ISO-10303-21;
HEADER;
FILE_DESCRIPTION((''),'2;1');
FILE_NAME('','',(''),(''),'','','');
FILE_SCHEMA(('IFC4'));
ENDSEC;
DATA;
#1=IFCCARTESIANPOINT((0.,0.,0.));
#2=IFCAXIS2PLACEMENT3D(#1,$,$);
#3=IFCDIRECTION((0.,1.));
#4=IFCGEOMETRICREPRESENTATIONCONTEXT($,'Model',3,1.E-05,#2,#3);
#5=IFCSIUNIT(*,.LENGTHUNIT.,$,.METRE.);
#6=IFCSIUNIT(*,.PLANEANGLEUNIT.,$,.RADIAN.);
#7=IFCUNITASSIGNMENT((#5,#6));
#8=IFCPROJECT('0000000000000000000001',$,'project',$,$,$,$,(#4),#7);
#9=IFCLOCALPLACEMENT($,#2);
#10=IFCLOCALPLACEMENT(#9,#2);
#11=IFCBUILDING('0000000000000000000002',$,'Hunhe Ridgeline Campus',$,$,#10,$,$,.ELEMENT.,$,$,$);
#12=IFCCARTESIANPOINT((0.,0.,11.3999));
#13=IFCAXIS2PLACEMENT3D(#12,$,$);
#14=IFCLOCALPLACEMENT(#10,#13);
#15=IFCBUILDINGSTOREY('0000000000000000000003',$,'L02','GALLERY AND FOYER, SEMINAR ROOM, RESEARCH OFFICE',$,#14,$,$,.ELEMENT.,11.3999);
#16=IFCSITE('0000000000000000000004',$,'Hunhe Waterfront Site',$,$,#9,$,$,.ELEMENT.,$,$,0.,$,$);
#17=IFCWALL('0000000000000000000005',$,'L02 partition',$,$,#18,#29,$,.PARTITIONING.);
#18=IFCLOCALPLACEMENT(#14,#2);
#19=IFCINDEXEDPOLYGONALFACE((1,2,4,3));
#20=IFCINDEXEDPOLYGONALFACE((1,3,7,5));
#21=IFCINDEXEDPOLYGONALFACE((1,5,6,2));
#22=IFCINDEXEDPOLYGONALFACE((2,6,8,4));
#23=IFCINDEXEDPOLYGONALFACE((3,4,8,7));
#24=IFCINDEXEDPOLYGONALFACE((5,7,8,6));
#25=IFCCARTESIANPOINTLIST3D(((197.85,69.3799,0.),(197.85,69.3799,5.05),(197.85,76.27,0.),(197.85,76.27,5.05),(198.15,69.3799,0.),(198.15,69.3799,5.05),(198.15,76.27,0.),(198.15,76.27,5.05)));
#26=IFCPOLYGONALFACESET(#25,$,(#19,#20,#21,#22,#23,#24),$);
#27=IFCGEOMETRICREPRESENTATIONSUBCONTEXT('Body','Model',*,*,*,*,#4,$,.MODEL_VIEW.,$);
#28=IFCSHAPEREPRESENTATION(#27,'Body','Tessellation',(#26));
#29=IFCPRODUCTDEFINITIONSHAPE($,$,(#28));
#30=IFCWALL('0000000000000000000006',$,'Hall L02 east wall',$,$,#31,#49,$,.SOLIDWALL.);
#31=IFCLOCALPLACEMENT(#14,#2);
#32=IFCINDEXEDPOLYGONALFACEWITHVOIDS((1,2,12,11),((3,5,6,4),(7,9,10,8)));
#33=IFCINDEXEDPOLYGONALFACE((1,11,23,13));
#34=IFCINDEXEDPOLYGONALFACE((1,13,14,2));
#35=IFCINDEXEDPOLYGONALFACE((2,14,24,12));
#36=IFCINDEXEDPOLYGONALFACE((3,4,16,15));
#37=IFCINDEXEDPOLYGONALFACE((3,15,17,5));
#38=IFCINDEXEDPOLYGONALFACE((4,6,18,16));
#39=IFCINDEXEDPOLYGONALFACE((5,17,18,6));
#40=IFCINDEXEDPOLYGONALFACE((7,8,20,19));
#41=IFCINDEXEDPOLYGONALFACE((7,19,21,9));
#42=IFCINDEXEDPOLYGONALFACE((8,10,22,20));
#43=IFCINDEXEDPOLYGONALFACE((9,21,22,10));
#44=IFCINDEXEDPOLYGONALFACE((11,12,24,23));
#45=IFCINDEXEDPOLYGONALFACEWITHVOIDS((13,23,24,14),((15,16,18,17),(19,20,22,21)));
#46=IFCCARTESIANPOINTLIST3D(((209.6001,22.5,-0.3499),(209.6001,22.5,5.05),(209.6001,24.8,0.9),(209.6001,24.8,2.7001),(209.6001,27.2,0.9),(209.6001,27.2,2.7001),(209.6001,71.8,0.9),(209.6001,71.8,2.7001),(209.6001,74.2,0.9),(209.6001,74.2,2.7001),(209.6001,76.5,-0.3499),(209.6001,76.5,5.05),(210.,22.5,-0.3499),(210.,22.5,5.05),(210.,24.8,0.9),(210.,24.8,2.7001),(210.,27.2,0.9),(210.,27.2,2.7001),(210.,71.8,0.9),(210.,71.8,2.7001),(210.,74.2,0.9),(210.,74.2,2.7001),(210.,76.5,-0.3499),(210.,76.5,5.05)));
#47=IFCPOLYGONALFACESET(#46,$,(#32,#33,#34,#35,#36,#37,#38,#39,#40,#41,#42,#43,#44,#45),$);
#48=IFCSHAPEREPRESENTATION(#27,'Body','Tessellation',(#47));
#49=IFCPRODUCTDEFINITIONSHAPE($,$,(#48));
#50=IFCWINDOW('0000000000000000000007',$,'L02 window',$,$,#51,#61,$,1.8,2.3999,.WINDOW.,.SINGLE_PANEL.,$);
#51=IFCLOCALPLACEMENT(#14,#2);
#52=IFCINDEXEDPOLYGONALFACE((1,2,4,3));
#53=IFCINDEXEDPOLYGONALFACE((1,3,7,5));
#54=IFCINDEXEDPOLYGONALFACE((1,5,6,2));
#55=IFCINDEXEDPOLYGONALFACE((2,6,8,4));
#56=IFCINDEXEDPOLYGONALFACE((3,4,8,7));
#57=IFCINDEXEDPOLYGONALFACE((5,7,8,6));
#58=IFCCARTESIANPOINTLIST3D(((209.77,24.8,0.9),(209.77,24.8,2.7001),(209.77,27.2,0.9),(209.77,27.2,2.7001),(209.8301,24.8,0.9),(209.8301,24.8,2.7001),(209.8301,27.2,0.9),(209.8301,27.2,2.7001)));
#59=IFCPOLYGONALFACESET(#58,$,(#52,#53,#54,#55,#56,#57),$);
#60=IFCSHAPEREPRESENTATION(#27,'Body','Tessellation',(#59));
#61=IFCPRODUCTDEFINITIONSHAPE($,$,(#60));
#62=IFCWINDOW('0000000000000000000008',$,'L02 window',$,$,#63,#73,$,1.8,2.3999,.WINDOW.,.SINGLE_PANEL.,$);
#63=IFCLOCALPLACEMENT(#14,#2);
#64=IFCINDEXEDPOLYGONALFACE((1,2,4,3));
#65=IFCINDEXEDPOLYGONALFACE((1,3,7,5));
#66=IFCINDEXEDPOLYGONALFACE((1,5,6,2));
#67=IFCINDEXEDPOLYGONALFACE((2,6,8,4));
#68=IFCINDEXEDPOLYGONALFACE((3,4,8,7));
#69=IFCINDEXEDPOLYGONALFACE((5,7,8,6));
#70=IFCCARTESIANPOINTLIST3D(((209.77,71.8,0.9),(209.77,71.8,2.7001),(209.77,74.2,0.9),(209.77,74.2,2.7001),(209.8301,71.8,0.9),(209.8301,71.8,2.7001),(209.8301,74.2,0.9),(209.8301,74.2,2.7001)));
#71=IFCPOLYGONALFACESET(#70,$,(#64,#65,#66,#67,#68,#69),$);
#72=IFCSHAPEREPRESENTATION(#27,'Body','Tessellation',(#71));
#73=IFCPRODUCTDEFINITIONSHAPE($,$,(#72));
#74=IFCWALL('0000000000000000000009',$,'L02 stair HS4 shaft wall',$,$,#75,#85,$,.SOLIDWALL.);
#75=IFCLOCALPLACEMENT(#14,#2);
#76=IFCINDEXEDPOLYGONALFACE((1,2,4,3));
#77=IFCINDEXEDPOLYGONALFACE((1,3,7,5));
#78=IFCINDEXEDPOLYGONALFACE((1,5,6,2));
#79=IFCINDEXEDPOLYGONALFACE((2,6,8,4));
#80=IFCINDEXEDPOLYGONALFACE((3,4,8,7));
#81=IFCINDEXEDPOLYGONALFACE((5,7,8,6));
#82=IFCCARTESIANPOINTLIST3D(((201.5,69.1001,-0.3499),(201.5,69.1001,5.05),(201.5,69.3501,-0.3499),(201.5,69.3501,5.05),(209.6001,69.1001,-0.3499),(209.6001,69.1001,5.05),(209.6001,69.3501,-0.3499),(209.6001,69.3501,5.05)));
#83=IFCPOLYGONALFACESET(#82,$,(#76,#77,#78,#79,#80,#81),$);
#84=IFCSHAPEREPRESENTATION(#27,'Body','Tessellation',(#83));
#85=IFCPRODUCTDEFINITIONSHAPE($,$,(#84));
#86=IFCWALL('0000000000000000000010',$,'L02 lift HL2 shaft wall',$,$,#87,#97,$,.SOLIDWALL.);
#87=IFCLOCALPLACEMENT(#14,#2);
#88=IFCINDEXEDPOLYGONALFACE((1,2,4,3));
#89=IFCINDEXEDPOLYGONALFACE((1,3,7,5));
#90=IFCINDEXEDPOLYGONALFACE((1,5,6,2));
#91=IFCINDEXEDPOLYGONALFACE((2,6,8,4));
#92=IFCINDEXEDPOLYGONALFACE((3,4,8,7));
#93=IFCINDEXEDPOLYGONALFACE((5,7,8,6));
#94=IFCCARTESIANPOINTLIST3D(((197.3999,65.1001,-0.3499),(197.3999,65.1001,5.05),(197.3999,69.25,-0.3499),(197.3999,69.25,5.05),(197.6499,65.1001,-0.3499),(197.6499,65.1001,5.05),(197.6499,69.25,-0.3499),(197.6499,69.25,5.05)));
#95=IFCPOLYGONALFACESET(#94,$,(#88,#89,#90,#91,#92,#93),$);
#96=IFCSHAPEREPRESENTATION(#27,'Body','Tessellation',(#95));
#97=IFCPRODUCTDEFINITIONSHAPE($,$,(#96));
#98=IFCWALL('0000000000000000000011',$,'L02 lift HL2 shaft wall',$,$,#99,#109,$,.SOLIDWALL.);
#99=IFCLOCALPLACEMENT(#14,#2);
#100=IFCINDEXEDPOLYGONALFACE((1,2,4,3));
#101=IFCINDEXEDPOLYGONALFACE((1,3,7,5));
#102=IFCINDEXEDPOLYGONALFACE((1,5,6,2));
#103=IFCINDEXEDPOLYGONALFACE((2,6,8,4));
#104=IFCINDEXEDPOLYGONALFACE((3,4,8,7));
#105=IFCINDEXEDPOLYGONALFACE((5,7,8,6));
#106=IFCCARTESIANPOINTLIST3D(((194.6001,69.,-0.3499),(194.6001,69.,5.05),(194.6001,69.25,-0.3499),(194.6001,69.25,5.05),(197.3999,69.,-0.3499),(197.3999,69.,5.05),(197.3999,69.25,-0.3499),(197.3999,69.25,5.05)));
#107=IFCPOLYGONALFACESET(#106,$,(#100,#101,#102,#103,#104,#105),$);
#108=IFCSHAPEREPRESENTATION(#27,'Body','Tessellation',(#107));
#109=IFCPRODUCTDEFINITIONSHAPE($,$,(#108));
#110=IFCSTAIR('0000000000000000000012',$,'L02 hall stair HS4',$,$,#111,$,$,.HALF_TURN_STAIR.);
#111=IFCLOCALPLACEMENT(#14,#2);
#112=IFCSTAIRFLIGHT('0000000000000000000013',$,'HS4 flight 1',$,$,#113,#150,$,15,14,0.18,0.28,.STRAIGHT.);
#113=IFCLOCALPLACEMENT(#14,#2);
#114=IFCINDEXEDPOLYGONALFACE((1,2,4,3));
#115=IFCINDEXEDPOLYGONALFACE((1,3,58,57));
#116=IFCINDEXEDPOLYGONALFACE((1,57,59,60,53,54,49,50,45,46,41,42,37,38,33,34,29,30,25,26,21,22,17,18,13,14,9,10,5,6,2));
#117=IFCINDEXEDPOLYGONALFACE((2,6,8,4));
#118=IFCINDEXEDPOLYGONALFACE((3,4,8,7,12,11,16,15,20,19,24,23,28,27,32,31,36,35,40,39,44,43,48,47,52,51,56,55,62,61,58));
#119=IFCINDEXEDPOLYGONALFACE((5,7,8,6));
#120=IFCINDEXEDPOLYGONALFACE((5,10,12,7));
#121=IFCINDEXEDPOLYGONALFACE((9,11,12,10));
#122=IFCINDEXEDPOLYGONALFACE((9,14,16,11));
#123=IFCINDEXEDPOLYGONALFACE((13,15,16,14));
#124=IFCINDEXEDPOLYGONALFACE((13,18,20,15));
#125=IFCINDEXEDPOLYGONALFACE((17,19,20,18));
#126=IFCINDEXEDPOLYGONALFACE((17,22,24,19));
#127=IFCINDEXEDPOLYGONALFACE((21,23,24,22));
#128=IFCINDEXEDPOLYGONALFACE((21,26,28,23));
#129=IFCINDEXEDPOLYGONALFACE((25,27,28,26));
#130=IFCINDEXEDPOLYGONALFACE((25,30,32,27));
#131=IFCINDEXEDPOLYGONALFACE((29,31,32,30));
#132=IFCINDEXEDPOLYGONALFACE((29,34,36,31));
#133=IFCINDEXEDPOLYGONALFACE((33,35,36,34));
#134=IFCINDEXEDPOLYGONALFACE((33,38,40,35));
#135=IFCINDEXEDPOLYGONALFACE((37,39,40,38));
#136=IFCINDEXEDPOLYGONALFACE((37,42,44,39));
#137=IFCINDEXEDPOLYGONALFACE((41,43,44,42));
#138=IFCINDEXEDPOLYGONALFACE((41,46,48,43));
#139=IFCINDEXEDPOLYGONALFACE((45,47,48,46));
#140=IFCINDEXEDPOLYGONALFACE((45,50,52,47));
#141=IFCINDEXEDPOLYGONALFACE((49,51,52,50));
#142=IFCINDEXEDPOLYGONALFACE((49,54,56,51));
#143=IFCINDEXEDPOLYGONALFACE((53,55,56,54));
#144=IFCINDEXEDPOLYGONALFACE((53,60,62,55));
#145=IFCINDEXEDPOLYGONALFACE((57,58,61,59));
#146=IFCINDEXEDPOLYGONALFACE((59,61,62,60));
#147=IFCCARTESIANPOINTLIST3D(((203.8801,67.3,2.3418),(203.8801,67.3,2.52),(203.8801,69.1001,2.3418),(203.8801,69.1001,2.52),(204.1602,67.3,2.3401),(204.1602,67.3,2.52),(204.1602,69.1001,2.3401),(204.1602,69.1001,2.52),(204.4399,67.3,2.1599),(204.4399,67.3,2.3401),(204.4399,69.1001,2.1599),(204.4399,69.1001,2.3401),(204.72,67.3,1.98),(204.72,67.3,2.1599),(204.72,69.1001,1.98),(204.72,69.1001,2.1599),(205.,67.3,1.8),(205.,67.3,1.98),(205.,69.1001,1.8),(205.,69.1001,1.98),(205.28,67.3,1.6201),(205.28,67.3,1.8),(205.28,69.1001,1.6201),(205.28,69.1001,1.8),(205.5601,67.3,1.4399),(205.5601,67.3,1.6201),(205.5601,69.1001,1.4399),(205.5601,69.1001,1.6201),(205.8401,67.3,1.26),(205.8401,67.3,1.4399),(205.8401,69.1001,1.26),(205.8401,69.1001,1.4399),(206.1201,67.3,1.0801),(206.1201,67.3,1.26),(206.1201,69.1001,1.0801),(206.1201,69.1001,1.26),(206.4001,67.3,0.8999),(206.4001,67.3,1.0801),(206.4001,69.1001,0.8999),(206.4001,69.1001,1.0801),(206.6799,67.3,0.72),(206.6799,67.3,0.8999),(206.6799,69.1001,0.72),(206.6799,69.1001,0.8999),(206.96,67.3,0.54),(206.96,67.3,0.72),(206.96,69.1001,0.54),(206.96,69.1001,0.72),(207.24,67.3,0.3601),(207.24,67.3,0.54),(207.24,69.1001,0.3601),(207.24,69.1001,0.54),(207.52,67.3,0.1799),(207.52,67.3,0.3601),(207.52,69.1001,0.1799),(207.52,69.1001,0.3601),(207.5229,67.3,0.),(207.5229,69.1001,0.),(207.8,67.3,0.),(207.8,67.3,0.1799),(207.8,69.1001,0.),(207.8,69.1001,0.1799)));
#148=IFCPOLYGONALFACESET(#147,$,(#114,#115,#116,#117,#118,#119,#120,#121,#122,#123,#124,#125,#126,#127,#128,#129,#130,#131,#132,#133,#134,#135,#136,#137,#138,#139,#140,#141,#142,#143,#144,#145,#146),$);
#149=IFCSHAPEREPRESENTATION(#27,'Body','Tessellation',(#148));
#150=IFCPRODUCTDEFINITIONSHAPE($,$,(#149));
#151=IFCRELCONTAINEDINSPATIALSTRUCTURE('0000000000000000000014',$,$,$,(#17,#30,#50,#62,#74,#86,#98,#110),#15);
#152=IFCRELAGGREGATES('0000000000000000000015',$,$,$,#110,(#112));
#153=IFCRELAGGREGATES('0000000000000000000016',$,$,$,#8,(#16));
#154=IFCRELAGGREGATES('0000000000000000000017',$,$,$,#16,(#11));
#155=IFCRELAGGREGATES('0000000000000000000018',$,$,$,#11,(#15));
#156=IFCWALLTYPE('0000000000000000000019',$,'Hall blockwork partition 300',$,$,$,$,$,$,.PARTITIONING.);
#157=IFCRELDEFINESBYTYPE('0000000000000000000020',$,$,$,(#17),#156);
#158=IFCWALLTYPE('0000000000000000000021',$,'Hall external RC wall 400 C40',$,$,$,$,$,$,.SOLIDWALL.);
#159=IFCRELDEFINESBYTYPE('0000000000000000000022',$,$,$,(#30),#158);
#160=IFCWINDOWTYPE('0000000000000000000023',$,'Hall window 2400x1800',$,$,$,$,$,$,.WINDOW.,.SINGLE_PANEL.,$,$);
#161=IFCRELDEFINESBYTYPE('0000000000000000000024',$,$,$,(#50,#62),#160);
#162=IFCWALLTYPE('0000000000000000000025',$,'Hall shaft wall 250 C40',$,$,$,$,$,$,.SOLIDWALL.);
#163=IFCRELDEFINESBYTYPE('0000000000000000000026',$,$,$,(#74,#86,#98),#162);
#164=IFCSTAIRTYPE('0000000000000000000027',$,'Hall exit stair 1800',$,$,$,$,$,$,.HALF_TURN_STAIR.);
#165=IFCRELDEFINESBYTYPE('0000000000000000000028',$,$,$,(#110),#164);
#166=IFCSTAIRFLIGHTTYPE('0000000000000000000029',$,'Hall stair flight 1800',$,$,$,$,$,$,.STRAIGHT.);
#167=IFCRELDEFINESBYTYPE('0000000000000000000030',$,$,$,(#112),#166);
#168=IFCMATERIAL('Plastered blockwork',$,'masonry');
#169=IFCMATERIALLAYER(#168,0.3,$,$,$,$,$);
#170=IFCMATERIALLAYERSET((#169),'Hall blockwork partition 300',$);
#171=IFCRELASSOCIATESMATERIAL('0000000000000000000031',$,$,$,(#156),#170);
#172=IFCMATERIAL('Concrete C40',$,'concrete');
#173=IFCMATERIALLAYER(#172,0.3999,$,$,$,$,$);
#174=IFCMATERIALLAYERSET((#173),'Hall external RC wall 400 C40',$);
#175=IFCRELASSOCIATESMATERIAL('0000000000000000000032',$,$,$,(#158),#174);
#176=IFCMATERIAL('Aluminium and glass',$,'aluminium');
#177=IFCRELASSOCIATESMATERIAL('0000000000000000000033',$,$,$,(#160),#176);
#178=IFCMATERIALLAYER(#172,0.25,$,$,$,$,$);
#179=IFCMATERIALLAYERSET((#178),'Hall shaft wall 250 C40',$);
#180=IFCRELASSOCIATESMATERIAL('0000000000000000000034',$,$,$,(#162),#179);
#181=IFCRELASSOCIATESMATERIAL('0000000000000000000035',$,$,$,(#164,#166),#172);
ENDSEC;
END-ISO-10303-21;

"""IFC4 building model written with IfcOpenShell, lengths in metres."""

from ifc_helpers import new_model, si_unit, direction, frame, frame_2d, origin, place, context, subcontext, project, spatial, polyline, rectangle, outline, extrude, material, layer, layer_set, type_object, element, fill, aggregate, save


model = new_model("IFC4")

# Units and contexts
model_context = context("Model", 3, precision=1e-05, world=origin(), true_north=direction((0.0, 1.0)))
body_context = subcontext(model_context, "Body", "Model", "MODEL_VIEW")
ifc_project = project(units=[si_unit("LENGTHUNIT", "METRE"), si_unit("PLANEANGLEUNIT", "RADIAN")], contexts=[model_context])

# Site, building, storey
site_placement = place(None, origin())
site = spatial("IfcSite", under=ifc_project, at=site_placement, Name="Hunhe Waterfront Site", CompositionType="ELEMENT", RefElevation=0.0)
building_placement = place(site_placement, origin())
building = spatial("IfcBuilding", under=site, at=building_placement, Name="Hunhe Ridgeline Campus", CompositionType="ELEMENT")
storey_placement = place(building_placement, frame((0.0, 0.0, 11.3999)))
storey = spatial("IfcBuildingStorey", under=building, at=storey_placement, Name="L02", Description="GALLERY AND FOYER, SEMINAR ROOM, RESEARCH OFFICE", CompositionType="ELEMENT", Elevation=11.3999)

# Wall
ifc_material_1 = material(Name="Plastered blockwork", Category="masonry")
ifc_layer_1 = layer(ifc_material_1, 0.3)
ifc_layer_set_1 = layer_set([ifc_layer_1], Name="Hall blockwork partition 300")
wall_type_1 = type_object("IfcWallType", Name="Hall blockwork partition 300", PredefinedType="PARTITIONING", material=ifc_layer_set_1)
wall_1_placement = place(storey_placement, frame((198.0, 69.3799, 0.0), z_axis=(0.0, 0.0, 1.0), x_axis=(0.0, 1.0, 0.0)))
element("IfcWall", 1, at=wall_1_placement, inside=storey, type_object=wall_type_1, Name="L02 partition", PredefinedType="PARTITIONING", context=body_context, shape_type="SweptSolid", body=[
    extrude(rectangle(XDim=6.8901, YDim=0.3, at=frame_2d((3.4451, 0.0))), origin(), (0.0, 0.0, 1.0), 5.05),
])

# Wall, openings, windows
ifc_material_2 = material(Name="Concrete C40", Category="concrete")
ifc_layer_2 = layer(ifc_material_2, 0.3999)
ifc_layer_set_2 = layer_set([ifc_layer_2], Name="Hall external RC wall 400 C40")
wall_type_2 = type_object("IfcWallType", Name="Hall external RC wall 400 C40", PredefinedType="SOLIDWALL", material=ifc_layer_set_2)
wall_2_placement = place(storey_placement, frame((209.8, 76.5, -0.3499), z_axis=(0.0, 0.0, 1.0), x_axis=(0.0, -1.0, 0.0)))
wall_2 = element("IfcWall", 2, at=wall_2_placement, inside=storey, type_object=wall_type_2, Name="Hall L02 east wall", PredefinedType="SOLIDWALL", context=body_context, shape_type="SweptSolid", body=[
    extrude(rectangle(XDim=54.0, YDim=0.3999, at=frame_2d((27.0, 0.0))), origin(), (0.0, 0.0, 1.0), 5.3999),
])
opening_1_placement = place(wall_2_placement, frame((49.3, 0.0, 1.25)))
opening_1 = element("IfcOpeningElement", 3, at=opening_1_placement, cuts=wall_2, PredefinedType="OPENING", context=body_context, shape_type="SweptSolid", body=[
    extrude(rectangle(XDim=2.3999, YDim=1.8, at=frame_2d((1.2, 0.8999))), frame((0.0, 0.2, 0.0), z_axis=(0.0, -1.0, 0.0), x_axis=(1.0, 0.0, 0.0)), (0.0, 0.0, 1.0), 0.3999),
])
opening_2_placement = place(wall_2_placement, frame((2.3, 0.0, 1.25)))
opening_2 = element("IfcOpeningElement", 4, at=opening_2_placement, cuts=wall_2, PredefinedType="OPENING", context=body_context, shape_type="SweptSolid", body=[
    extrude(rectangle(XDim=2.3999, YDim=1.8, at=frame_2d((1.2, 0.8999))), frame((0.0, 0.2, 0.0), z_axis=(0.0, -1.0, 0.0), x_axis=(1.0, 0.0, 0.0)), (0.0, 0.0, 1.0), 0.3999),
])
ifc_material_3 = material(Name="Aluminium and glass", Category="aluminium")
window_type = type_object("IfcWindowType", Name="Hall window 2400x1800", PartitioningType="SINGLE_PANEL", PredefinedType="WINDOW", material=ifc_material_3)
window_1_placement = place(opening_1_placement, origin())
window_1 = element("IfcWindow", 5, at=window_1_placement, inside=storey, type_object=window_type, Name="L02 window", OverallHeight=1.8, OverallWidth=2.3999, PartitioningType="SINGLE_PANEL", PredefinedType="WINDOW", context=body_context, shape_type="SweptSolid", body=[
    extrude(rectangle(XDim=2.3999, YDim=1.8, at=frame_2d((1.2, 0.8999))), frame((0.0, 0.03, 0.0), z_axis=(0.0, -1.0, 0.0), x_axis=(1.0, 0.0, 0.0)), (0.0, 0.0, 1.0), 0.0601),
])
fill(opening_1, window_1)
window_2_placement = place(opening_2_placement, origin())
window_2 = element("IfcWindow", 6, at=window_2_placement, inside=storey, type_object=window_type, Name="L02 window", OverallHeight=1.8, OverallWidth=2.3999, PartitioningType="SINGLE_PANEL", PredefinedType="WINDOW", context=body_context, shape_type="SweptSolid", body=[
    extrude(rectangle(XDim=2.3999, YDim=1.8, at=frame_2d((1.2, 0.8999))), frame((0.0, 0.03, 0.0), z_axis=(0.0, -1.0, 0.0), x_axis=(1.0, 0.0, 0.0)), (0.0, 0.0, 1.0), 0.0601),
])
fill(opening_2, window_2)

# Walls
ifc_layer_3 = layer(ifc_material_2, 0.25)
ifc_layer_set_3 = layer_set([ifc_layer_3], Name="Hall shaft wall 250 C40")
wall_type_3 = type_object("IfcWallType", Name="Hall shaft wall 250 C40", PredefinedType="SOLIDWALL", material=ifc_layer_set_3)
wall_3_placement = place(storey_placement, frame((201.5, 69.2251, -0.3499), z_axis=(0.0, 0.0, 1.0), x_axis=(1.0, 0.0, 0.0)))
element("IfcWall", 7, at=wall_3_placement, inside=storey, type_object=wall_type_3, Name="L02 stair HS4 shaft wall", PredefinedType="SOLIDWALL", context=body_context, shape_type="SweptSolid", body=[
    extrude(rectangle(XDim=8.1001, YDim=0.25, at=frame_2d((4.05, 0.0))), origin(), (0.0, 0.0, 1.0), 5.3999),
])
wall_4_placement = place(storey_placement, frame((197.5249, 69.25, -0.3499), z_axis=(0.0, 0.0, 1.0), x_axis=(0.0, -1.0, 0.0)))
element("IfcWall", 8, at=wall_4_placement, inside=storey, type_object=wall_type_3, Name="L02 lift HL2 shaft wall", PredefinedType="SOLIDWALL", context=body_context, shape_type="SweptSolid", body=[
    extrude(rectangle(XDim=4.1499, YDim=0.25, at=frame_2d((2.075, 0.0))), origin(), (0.0, 0.0, 1.0), 5.3999),
])
wall_5_placement = place(storey_placement, frame((194.6001, 69.125, -0.3499), z_axis=(0.0, 0.0, 1.0), x_axis=(1.0, 0.0, 0.0)))
element("IfcWall", 9, at=wall_5_placement, inside=storey, type_object=wall_type_3, Name="L02 lift HL2 shaft wall", PredefinedType="SOLIDWALL", context=body_context, shape_type="SweptSolid", body=[
    extrude(rectangle(XDim=2.7998, YDim=0.25, at=frame_2d((1.3999, 0.0))), origin(), (0.0, 0.0, 1.0), 5.3999),
])

# Stair, stair flight
stair_type = type_object("IfcStairType", Name="Hall exit stair 1800", PredefinedType="HALF_TURN_STAIR", material=ifc_material_2)
stair_placement = place(storey_placement, origin())
stair = element("IfcStair", 10, at=stair_placement, inside=storey, type_object=stair_type, Name="L02 hall stair HS4", PredefinedType="HALF_TURN_STAIR")
stair_flight_type = type_object("IfcStairFlightType", Name="Hall stair flight 1800", PredefinedType="STRAIGHT", material=ifc_material_2)
stair_flight_1_placement = place(storey_placement, frame((207.8, 68.2, 0.0), z_axis=(0.0, 0.0, 1.0), x_axis=(-1.0, 0.0, 0.0)))
stair_flight_1 = element("IfcStairFlight", 11, at=stair_flight_1_placement, type_object=stair_flight_type, Name="HS4 flight 1", NumberOfRisers=15, NumberOfTreads=14, PredefinedType="STRAIGHT", RiserHeight=0.18, TreadLength=0.28, context=body_context, shape_type="SweptSolid", body=[
    extrude(outline(polyline([(0.0, 0.0), (0.0, 0.1799), (0.28, 0.1799), (0.28, 0.3601), (0.5601, 0.3601), (0.5601, 0.54), (0.8401, 0.54), (0.8401, 0.72), (1.1201, 0.72), (1.1201, 0.8999), (1.3999, 0.8999), (1.3999, 1.0801), (1.6799, 1.0801), (1.6799, 1.26), (1.96, 1.26), (1.96, 1.4399), (2.24, 1.4399), (2.24, 1.6201), (2.52, 1.6201), (2.52, 1.8), (2.8, 1.8), (2.8, 1.98), (3.0801, 1.98), (3.0801, 2.1599), (3.3601, 2.1599), (3.3601, 2.3401), (3.6399, 2.3401), (3.6399, 2.52), (3.9199, 2.52), (3.9199, 2.7), (3.9199, 2.3418), (0.2771, 0.0), (0.0, 0.0)])), frame((0.0, 0.8999, 0.0), z_axis=(0.0, -1.0, 0.0), x_axis=(1.0, 0.0, 0.0)), (0.0, 0.0, 1.0), 1.8),
])
aggregate(stair, [stair_flight_1])

save(model, "model.ifc")
